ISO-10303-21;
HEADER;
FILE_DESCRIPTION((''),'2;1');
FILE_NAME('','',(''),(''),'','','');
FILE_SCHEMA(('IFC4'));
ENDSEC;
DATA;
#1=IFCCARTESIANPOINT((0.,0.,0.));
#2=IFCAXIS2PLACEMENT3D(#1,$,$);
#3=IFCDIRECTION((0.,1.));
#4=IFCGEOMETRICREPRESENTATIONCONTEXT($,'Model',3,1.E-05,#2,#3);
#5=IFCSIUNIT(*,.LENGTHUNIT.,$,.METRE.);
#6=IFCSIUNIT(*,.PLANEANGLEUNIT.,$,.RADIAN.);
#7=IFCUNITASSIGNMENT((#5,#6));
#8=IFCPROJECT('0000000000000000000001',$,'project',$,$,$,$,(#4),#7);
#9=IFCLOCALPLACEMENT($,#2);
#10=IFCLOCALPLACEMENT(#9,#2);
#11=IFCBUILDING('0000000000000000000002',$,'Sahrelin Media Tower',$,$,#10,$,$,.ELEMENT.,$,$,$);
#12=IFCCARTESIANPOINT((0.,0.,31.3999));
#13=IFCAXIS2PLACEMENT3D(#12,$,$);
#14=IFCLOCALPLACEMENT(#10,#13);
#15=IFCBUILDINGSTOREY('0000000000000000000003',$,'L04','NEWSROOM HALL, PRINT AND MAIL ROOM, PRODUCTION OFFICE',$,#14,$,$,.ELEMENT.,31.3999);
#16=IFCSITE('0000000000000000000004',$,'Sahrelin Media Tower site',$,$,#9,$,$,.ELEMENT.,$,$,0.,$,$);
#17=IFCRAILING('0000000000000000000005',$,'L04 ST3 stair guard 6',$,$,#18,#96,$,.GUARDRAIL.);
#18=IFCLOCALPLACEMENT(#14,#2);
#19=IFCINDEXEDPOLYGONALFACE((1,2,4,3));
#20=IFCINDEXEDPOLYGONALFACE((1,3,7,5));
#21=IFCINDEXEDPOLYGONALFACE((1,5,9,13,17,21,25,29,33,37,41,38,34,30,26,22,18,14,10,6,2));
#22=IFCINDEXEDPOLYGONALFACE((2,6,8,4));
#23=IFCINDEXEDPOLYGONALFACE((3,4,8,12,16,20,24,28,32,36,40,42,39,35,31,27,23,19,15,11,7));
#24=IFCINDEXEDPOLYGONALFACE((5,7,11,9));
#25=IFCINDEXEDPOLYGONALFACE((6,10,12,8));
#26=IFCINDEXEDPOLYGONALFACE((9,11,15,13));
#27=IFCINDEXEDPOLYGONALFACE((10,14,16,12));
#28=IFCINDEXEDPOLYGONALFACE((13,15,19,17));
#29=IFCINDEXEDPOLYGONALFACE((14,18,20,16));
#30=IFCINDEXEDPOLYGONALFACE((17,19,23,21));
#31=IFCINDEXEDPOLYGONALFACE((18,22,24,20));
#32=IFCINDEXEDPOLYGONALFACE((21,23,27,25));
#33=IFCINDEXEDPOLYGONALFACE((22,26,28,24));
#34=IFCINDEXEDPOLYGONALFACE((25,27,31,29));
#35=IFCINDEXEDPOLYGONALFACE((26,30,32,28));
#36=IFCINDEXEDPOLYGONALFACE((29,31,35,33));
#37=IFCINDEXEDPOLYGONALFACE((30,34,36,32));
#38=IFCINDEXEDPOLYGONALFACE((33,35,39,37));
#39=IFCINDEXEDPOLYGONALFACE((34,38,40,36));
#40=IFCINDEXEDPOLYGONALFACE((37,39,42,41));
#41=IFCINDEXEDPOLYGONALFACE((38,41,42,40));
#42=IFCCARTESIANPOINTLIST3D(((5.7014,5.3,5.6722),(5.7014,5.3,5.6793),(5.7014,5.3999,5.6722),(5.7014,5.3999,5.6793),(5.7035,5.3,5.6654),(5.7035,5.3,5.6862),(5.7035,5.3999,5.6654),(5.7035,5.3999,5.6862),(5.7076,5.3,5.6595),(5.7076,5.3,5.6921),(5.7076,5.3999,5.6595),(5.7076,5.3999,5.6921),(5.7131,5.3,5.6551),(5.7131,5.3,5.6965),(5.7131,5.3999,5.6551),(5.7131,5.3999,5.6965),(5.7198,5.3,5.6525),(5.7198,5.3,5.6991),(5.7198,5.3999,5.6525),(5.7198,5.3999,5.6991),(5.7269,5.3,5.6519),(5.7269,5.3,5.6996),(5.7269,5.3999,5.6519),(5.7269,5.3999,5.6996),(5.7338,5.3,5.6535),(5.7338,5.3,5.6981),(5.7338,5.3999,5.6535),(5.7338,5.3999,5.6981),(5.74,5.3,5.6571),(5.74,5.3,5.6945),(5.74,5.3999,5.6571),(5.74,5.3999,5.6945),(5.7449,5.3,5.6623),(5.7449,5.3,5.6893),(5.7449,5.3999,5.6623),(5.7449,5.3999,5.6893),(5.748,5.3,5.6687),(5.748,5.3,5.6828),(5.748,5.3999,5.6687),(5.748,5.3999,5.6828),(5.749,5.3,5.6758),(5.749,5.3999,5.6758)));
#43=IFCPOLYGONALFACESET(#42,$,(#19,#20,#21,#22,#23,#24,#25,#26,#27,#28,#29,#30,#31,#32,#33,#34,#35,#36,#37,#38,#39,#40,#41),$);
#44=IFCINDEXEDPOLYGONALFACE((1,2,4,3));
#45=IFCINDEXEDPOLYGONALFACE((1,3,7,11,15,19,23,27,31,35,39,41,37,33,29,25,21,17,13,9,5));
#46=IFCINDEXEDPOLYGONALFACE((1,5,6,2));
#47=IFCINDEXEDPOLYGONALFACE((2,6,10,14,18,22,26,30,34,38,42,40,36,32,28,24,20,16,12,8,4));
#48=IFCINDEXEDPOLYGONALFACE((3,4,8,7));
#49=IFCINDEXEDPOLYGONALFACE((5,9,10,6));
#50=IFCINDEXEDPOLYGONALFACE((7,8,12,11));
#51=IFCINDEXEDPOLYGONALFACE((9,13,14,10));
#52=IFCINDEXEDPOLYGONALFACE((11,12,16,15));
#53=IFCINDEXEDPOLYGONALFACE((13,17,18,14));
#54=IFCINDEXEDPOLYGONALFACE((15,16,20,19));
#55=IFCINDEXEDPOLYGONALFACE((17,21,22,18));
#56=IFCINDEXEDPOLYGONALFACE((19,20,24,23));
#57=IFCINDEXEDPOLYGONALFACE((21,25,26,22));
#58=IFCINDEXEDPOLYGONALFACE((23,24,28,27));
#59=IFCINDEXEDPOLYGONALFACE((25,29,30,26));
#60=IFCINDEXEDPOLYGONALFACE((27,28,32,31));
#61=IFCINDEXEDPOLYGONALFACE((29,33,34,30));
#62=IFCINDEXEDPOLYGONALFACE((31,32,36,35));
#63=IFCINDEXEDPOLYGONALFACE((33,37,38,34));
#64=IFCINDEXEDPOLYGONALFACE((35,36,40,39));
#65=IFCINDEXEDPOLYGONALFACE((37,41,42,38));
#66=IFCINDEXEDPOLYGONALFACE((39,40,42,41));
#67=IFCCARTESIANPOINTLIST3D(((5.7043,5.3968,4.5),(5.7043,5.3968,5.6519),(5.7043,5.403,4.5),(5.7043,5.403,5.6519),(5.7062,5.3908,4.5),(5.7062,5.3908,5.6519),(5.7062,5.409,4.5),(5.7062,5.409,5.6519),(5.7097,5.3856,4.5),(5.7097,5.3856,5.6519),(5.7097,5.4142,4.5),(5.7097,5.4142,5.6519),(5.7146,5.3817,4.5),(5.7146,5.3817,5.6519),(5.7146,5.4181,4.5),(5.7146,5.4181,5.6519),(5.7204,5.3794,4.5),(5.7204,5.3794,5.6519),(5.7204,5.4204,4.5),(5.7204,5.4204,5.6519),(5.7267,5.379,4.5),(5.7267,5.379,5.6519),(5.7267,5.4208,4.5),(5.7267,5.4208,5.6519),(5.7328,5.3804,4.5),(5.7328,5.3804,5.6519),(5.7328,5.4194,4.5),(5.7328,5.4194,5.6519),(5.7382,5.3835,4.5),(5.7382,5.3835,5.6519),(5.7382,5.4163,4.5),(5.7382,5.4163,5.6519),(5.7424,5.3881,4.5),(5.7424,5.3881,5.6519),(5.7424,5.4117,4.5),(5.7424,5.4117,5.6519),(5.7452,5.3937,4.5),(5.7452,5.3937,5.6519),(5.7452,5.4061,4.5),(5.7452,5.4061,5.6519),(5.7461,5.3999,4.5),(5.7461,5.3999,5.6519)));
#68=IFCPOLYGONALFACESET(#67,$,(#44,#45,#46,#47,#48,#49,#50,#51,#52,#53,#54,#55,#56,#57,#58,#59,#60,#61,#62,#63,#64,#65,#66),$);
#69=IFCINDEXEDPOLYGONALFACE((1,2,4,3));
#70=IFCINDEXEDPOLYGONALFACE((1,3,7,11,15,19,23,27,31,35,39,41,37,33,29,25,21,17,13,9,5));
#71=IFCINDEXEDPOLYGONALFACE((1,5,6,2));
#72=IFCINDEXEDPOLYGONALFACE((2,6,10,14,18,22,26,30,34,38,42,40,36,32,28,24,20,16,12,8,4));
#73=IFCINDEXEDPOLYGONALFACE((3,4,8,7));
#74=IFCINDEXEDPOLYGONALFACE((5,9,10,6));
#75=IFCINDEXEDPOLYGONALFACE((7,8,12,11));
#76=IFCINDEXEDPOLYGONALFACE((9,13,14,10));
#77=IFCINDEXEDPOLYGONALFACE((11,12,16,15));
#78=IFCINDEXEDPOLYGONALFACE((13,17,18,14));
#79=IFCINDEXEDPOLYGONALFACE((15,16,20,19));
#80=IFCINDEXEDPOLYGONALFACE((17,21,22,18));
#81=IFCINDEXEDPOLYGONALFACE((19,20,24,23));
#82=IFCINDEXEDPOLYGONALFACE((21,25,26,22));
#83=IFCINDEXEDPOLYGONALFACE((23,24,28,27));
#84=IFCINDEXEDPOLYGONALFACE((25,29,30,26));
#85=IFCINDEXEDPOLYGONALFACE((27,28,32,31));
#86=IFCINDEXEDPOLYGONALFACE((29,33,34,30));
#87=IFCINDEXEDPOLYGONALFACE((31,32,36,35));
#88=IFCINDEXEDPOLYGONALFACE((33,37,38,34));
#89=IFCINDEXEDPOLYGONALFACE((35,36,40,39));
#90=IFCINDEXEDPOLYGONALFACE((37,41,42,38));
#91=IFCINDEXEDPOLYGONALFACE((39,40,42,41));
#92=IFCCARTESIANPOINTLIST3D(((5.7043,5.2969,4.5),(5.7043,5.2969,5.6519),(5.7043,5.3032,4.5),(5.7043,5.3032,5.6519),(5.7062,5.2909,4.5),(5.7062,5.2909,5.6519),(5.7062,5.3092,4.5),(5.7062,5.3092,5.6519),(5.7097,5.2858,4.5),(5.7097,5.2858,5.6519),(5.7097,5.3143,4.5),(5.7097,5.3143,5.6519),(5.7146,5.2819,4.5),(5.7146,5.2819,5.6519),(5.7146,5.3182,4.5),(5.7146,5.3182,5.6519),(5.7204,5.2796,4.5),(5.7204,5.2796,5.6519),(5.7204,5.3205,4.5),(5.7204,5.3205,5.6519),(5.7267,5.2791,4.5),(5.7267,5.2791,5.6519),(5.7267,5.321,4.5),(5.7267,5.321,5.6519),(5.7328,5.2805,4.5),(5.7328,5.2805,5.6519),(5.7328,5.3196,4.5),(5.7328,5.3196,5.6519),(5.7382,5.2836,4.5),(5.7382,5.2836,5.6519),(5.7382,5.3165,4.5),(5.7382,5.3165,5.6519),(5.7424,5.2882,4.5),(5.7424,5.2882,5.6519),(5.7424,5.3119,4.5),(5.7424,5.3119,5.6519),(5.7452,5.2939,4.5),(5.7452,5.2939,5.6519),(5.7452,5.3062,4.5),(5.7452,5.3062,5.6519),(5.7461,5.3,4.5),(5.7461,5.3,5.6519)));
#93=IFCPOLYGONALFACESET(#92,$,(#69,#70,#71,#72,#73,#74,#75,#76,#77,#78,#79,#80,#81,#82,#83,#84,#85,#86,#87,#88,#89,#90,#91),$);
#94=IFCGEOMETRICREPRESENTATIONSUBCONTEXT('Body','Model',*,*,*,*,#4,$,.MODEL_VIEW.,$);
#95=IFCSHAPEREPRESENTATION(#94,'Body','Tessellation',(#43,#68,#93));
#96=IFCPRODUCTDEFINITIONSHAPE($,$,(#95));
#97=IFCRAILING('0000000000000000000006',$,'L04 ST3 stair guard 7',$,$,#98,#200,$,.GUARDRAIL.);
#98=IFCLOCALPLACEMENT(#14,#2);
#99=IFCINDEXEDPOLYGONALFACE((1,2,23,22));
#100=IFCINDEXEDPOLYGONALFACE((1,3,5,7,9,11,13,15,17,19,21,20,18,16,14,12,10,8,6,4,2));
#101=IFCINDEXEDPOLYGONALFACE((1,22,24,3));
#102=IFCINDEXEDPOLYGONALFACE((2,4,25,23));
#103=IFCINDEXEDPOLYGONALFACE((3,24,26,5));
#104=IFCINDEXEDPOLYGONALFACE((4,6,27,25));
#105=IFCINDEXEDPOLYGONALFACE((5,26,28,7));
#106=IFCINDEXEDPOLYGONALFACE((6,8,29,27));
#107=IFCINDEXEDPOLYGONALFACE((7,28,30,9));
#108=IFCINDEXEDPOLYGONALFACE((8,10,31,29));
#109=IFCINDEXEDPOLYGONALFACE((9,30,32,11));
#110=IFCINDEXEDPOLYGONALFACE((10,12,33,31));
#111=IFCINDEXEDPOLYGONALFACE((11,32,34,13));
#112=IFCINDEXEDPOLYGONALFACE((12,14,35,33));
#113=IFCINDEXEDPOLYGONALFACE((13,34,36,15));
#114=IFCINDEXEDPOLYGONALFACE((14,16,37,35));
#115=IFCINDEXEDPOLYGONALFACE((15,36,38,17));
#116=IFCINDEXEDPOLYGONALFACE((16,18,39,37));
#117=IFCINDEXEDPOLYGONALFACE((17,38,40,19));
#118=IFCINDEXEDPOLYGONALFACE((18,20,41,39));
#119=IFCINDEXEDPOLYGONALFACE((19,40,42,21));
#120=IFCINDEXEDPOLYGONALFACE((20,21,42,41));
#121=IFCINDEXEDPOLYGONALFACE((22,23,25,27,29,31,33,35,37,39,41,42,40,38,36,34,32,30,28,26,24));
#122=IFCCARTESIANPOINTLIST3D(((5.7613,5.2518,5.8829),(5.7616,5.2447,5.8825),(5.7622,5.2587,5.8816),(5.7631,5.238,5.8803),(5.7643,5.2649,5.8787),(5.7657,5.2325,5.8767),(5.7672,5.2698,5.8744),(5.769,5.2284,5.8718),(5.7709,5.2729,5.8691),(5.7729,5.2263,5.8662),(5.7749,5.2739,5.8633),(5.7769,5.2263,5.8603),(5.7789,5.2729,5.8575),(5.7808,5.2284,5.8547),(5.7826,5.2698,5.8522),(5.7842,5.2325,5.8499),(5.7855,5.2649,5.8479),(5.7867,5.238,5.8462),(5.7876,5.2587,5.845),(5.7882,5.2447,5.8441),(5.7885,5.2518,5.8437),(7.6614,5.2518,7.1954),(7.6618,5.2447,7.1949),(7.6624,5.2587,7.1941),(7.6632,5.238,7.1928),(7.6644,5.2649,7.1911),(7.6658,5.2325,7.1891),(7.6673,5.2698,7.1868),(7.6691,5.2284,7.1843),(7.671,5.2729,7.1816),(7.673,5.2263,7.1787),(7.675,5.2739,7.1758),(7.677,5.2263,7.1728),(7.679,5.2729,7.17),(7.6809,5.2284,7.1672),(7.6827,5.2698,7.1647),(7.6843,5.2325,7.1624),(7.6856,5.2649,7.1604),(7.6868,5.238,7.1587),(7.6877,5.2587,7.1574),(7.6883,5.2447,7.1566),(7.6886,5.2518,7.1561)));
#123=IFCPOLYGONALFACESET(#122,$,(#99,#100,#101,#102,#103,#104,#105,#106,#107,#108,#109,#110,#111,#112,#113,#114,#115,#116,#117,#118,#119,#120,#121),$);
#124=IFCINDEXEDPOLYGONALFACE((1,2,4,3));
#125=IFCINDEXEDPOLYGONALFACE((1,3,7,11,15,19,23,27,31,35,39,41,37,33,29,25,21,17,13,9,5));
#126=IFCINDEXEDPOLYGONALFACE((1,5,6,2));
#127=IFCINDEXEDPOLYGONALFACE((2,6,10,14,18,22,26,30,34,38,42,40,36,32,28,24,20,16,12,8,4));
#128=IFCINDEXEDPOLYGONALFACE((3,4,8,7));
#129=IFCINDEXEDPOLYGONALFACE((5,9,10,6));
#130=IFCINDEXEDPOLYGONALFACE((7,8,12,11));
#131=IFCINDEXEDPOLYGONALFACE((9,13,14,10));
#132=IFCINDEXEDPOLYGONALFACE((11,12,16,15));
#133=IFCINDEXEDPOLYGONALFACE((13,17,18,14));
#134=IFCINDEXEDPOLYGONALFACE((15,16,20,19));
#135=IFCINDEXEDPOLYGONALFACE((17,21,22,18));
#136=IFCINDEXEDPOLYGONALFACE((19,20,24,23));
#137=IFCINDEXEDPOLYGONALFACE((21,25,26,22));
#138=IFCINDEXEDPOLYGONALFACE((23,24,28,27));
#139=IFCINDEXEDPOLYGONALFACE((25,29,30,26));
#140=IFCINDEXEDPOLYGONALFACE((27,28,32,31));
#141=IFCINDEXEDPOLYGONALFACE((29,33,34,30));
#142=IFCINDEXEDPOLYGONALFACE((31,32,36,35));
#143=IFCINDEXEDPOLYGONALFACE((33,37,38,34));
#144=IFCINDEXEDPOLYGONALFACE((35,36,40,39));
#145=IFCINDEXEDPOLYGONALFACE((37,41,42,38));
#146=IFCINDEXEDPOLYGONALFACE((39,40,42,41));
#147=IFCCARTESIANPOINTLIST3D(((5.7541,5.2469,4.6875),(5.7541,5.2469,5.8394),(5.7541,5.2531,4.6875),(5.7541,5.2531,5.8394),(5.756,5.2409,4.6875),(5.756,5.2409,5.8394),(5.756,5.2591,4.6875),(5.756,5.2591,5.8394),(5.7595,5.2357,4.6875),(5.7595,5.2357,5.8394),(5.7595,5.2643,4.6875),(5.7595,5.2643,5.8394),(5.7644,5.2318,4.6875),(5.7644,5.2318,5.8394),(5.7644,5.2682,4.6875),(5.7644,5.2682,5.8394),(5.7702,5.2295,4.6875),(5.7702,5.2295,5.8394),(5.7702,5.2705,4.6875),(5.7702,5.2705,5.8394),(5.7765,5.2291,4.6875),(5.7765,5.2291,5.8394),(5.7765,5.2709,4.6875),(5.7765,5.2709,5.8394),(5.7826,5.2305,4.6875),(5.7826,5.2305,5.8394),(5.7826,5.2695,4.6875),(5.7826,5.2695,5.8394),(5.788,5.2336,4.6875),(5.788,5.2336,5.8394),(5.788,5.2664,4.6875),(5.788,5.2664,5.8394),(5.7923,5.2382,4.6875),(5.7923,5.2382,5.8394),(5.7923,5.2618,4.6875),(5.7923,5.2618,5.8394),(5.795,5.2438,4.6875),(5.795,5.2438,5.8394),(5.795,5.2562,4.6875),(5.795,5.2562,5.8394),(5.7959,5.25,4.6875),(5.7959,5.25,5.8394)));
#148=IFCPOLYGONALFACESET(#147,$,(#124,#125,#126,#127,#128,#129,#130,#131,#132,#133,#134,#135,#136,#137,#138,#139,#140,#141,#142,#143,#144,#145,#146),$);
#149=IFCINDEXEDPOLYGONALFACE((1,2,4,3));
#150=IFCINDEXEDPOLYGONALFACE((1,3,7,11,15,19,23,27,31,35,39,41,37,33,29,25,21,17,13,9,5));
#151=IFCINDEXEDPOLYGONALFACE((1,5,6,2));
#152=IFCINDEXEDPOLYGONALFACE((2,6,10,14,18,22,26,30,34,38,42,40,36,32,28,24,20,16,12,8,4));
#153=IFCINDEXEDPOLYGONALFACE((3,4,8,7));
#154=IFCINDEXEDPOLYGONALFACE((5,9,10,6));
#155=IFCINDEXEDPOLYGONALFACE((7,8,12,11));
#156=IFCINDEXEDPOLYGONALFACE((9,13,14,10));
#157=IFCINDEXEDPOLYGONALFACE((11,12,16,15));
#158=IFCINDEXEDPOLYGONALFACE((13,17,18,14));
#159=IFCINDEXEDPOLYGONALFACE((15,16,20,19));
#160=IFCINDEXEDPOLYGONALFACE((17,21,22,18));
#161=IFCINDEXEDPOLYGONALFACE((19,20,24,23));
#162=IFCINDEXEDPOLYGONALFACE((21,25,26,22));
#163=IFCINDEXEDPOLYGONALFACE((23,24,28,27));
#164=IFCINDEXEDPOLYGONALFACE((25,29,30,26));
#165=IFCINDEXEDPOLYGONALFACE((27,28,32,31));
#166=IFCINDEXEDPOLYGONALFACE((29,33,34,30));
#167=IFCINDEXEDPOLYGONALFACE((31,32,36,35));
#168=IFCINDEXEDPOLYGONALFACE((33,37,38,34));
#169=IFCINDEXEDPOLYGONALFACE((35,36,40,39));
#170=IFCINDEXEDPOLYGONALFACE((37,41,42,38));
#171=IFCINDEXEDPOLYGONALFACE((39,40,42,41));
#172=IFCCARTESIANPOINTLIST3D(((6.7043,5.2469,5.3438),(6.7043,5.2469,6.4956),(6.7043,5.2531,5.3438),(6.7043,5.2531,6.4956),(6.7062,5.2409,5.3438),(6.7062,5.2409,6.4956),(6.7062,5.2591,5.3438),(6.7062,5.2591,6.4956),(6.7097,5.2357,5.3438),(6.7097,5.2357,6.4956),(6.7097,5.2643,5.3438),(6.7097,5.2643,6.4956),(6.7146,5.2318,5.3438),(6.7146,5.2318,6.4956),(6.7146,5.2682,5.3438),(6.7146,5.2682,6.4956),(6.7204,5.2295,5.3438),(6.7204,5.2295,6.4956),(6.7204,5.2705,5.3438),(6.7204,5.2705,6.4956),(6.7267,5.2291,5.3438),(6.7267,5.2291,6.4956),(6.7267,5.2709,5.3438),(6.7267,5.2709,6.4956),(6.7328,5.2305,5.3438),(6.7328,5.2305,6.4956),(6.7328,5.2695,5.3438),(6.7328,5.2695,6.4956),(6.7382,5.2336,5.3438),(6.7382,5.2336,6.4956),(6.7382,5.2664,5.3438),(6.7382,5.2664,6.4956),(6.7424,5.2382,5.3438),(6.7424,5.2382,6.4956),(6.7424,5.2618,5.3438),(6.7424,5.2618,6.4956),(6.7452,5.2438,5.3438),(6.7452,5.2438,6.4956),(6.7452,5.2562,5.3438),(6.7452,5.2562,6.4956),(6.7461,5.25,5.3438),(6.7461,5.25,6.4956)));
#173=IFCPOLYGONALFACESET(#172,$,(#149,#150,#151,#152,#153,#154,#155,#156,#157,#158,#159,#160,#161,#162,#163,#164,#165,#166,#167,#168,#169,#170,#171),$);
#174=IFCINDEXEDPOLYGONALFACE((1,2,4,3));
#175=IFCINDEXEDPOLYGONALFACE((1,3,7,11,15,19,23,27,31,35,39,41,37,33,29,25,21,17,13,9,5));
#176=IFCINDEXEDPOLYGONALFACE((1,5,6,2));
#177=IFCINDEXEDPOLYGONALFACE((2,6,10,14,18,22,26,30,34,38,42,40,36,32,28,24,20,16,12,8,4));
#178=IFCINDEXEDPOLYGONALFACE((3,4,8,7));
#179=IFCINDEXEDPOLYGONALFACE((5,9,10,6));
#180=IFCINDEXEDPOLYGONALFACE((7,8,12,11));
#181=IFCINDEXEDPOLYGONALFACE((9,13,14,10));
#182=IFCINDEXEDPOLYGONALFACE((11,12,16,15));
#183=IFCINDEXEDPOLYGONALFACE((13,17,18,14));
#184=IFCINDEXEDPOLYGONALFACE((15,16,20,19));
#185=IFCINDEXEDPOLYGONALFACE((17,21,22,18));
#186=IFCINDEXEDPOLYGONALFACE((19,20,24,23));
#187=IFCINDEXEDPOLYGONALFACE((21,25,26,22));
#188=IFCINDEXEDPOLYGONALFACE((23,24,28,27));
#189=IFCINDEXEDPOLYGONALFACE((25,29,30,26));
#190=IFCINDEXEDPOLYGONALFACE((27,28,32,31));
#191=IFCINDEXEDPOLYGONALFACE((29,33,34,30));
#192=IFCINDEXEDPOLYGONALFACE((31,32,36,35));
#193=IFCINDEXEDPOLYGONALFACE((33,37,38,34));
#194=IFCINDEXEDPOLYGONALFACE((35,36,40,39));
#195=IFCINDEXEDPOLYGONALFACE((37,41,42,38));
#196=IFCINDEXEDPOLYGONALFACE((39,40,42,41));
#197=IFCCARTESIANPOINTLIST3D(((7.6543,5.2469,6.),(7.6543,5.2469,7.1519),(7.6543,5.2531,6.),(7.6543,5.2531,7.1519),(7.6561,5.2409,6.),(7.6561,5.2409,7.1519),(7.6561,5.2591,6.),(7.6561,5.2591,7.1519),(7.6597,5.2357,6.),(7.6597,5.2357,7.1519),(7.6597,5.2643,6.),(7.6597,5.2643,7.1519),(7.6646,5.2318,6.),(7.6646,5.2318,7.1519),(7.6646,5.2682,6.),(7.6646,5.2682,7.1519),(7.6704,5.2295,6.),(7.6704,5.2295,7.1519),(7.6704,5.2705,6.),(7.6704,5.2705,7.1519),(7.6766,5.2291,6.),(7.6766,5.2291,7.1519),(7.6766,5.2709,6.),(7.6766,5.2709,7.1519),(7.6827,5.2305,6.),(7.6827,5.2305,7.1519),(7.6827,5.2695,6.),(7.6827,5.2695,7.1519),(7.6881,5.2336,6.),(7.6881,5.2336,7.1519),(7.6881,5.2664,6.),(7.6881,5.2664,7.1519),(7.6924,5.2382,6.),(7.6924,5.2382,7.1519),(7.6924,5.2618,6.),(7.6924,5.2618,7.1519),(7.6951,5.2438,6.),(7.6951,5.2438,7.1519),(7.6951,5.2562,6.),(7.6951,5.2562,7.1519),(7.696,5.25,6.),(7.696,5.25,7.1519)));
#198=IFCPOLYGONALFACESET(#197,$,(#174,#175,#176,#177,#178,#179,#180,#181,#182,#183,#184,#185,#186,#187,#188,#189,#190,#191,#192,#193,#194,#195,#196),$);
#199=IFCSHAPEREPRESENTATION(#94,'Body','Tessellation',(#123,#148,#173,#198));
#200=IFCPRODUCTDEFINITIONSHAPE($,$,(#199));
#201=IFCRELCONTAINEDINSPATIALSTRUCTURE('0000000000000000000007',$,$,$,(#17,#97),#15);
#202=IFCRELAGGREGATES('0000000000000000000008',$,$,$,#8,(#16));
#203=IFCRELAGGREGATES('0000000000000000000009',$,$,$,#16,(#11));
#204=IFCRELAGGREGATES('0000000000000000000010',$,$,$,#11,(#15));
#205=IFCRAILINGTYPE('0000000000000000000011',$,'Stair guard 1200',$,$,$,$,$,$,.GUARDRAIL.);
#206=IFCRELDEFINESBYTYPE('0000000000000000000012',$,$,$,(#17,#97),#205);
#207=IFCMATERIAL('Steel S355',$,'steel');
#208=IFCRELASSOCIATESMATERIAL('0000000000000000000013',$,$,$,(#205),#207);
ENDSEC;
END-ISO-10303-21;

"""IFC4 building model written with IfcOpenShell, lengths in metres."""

from ifc_helpers import new_model, si_unit, direction, frame, origin, origin_2d, place, context, subcontext, project, spatial, circle, extrude, material, type_object, element, save


model = new_model("IFC4")

# Units and contexts
model_context = context("Model", 3, precision=1e-05, world=origin(), true_north=direction((0.0, 1.0)))
body_context = subcontext(model_context, "Body", "Model", "MODEL_VIEW")
ifc_project = project(units=[si_unit("LENGTHUNIT", "METRE"), si_unit("PLANEANGLEUNIT", "RADIAN")], contexts=[model_context])

# Site, building, storey
site_placement = place(None, origin())
site = spatial("IfcSite", under=ifc_project, at=site_placement, Name="Sahrelin Media Tower site", CompositionType="ELEMENT", RefElevation=0.0)
building_placement = place(site_placement, origin())
building = spatial("IfcBuilding", under=site, at=building_placement, Name="Sahrelin Media Tower", CompositionType="ELEMENT")
storey_placement = place(building_placement, frame((0.0, 0.0, 31.3999)))
storey = spatial("IfcBuildingStorey", under=building, at=storey_placement, Name="L04", Description="NEWSROOM HALL, PRINT AND MAIL ROOM, PRODUCTION OFFICE", CompositionType="ELEMENT", Elevation=31.3999)

# Shared definitions
ifc_material_1 = material(Name="Steel S355", Category="steel")

# Railings
railing_type_1 = type_object("IfcRailingType", Name="Stair guard 1200", PredefinedType="GUARDRAIL", material=ifc_material_1)
railing_1_placement = place(storey_placement, frame((5.7251, 5.3999, 4.5)))
element("IfcRailing", 1, at=railing_1_placement, inside=storey, type_object=railing_type_1, Name="L04 ST3 stair guard 6", PredefinedType="GUARDRAIL", context=body_context, shape_type="SweptSolid", body=[
    extrude(circle(Radius=0.0239, at=origin_2d()), frame((0.0, 0.0, 1.1758), z_axis=(0.0, -1.0, 0.0), x_axis=(1.0, 0.0, 0.0)), (0.0, 0.0, 1.0), 0.0999),
    extrude(circle(Radius=0.021, at=origin_2d()), origin(), (0.0, 0.0, 1.0), 1.1519),
    extrude(circle(Radius=0.021, at=origin_2d()), frame((0.0, -0.0999, 0.0)), (0.0, 0.0, 1.0), 1.1519),
])
railing_2_placement = place(storey_placement, frame((5.7749, 5.25, 4.6875)))
element("IfcRailing", 2, at=railing_2_placement, inside=storey, type_object=railing_type_1, Name="L04 ST3 stair guard 7", PredefinedType="GUARDRAIL", context=body_context, shape_type="SweptSolid", body=[
    extrude(circle(Radius=0.0239, at=origin_2d()), frame((0.0, 0.0, 1.1758), z_axis=(0.822797, 0.0, 0.568336), x_axis=(0.0, 1.0, 0.0)), (0.0, 0.0, 1.0), 2.3093),
    extrude(circle(Radius=0.021, at=origin_2d()), origin(), (0.0, 0.0, 1.0), 1.1519),
    extrude(circle(Radius=0.021, at=origin_2d()), frame((0.9502, 0.0, 0.6562)), (0.0, 0.0, 1.0), 1.1519),
    extrude(circle(Radius=0.021, at=origin_2d()), frame((1.9001, 0.0, 1.3125)), (0.0, 0.0, 1.0), 1.1519),
])

save(model, "model.ifc")
